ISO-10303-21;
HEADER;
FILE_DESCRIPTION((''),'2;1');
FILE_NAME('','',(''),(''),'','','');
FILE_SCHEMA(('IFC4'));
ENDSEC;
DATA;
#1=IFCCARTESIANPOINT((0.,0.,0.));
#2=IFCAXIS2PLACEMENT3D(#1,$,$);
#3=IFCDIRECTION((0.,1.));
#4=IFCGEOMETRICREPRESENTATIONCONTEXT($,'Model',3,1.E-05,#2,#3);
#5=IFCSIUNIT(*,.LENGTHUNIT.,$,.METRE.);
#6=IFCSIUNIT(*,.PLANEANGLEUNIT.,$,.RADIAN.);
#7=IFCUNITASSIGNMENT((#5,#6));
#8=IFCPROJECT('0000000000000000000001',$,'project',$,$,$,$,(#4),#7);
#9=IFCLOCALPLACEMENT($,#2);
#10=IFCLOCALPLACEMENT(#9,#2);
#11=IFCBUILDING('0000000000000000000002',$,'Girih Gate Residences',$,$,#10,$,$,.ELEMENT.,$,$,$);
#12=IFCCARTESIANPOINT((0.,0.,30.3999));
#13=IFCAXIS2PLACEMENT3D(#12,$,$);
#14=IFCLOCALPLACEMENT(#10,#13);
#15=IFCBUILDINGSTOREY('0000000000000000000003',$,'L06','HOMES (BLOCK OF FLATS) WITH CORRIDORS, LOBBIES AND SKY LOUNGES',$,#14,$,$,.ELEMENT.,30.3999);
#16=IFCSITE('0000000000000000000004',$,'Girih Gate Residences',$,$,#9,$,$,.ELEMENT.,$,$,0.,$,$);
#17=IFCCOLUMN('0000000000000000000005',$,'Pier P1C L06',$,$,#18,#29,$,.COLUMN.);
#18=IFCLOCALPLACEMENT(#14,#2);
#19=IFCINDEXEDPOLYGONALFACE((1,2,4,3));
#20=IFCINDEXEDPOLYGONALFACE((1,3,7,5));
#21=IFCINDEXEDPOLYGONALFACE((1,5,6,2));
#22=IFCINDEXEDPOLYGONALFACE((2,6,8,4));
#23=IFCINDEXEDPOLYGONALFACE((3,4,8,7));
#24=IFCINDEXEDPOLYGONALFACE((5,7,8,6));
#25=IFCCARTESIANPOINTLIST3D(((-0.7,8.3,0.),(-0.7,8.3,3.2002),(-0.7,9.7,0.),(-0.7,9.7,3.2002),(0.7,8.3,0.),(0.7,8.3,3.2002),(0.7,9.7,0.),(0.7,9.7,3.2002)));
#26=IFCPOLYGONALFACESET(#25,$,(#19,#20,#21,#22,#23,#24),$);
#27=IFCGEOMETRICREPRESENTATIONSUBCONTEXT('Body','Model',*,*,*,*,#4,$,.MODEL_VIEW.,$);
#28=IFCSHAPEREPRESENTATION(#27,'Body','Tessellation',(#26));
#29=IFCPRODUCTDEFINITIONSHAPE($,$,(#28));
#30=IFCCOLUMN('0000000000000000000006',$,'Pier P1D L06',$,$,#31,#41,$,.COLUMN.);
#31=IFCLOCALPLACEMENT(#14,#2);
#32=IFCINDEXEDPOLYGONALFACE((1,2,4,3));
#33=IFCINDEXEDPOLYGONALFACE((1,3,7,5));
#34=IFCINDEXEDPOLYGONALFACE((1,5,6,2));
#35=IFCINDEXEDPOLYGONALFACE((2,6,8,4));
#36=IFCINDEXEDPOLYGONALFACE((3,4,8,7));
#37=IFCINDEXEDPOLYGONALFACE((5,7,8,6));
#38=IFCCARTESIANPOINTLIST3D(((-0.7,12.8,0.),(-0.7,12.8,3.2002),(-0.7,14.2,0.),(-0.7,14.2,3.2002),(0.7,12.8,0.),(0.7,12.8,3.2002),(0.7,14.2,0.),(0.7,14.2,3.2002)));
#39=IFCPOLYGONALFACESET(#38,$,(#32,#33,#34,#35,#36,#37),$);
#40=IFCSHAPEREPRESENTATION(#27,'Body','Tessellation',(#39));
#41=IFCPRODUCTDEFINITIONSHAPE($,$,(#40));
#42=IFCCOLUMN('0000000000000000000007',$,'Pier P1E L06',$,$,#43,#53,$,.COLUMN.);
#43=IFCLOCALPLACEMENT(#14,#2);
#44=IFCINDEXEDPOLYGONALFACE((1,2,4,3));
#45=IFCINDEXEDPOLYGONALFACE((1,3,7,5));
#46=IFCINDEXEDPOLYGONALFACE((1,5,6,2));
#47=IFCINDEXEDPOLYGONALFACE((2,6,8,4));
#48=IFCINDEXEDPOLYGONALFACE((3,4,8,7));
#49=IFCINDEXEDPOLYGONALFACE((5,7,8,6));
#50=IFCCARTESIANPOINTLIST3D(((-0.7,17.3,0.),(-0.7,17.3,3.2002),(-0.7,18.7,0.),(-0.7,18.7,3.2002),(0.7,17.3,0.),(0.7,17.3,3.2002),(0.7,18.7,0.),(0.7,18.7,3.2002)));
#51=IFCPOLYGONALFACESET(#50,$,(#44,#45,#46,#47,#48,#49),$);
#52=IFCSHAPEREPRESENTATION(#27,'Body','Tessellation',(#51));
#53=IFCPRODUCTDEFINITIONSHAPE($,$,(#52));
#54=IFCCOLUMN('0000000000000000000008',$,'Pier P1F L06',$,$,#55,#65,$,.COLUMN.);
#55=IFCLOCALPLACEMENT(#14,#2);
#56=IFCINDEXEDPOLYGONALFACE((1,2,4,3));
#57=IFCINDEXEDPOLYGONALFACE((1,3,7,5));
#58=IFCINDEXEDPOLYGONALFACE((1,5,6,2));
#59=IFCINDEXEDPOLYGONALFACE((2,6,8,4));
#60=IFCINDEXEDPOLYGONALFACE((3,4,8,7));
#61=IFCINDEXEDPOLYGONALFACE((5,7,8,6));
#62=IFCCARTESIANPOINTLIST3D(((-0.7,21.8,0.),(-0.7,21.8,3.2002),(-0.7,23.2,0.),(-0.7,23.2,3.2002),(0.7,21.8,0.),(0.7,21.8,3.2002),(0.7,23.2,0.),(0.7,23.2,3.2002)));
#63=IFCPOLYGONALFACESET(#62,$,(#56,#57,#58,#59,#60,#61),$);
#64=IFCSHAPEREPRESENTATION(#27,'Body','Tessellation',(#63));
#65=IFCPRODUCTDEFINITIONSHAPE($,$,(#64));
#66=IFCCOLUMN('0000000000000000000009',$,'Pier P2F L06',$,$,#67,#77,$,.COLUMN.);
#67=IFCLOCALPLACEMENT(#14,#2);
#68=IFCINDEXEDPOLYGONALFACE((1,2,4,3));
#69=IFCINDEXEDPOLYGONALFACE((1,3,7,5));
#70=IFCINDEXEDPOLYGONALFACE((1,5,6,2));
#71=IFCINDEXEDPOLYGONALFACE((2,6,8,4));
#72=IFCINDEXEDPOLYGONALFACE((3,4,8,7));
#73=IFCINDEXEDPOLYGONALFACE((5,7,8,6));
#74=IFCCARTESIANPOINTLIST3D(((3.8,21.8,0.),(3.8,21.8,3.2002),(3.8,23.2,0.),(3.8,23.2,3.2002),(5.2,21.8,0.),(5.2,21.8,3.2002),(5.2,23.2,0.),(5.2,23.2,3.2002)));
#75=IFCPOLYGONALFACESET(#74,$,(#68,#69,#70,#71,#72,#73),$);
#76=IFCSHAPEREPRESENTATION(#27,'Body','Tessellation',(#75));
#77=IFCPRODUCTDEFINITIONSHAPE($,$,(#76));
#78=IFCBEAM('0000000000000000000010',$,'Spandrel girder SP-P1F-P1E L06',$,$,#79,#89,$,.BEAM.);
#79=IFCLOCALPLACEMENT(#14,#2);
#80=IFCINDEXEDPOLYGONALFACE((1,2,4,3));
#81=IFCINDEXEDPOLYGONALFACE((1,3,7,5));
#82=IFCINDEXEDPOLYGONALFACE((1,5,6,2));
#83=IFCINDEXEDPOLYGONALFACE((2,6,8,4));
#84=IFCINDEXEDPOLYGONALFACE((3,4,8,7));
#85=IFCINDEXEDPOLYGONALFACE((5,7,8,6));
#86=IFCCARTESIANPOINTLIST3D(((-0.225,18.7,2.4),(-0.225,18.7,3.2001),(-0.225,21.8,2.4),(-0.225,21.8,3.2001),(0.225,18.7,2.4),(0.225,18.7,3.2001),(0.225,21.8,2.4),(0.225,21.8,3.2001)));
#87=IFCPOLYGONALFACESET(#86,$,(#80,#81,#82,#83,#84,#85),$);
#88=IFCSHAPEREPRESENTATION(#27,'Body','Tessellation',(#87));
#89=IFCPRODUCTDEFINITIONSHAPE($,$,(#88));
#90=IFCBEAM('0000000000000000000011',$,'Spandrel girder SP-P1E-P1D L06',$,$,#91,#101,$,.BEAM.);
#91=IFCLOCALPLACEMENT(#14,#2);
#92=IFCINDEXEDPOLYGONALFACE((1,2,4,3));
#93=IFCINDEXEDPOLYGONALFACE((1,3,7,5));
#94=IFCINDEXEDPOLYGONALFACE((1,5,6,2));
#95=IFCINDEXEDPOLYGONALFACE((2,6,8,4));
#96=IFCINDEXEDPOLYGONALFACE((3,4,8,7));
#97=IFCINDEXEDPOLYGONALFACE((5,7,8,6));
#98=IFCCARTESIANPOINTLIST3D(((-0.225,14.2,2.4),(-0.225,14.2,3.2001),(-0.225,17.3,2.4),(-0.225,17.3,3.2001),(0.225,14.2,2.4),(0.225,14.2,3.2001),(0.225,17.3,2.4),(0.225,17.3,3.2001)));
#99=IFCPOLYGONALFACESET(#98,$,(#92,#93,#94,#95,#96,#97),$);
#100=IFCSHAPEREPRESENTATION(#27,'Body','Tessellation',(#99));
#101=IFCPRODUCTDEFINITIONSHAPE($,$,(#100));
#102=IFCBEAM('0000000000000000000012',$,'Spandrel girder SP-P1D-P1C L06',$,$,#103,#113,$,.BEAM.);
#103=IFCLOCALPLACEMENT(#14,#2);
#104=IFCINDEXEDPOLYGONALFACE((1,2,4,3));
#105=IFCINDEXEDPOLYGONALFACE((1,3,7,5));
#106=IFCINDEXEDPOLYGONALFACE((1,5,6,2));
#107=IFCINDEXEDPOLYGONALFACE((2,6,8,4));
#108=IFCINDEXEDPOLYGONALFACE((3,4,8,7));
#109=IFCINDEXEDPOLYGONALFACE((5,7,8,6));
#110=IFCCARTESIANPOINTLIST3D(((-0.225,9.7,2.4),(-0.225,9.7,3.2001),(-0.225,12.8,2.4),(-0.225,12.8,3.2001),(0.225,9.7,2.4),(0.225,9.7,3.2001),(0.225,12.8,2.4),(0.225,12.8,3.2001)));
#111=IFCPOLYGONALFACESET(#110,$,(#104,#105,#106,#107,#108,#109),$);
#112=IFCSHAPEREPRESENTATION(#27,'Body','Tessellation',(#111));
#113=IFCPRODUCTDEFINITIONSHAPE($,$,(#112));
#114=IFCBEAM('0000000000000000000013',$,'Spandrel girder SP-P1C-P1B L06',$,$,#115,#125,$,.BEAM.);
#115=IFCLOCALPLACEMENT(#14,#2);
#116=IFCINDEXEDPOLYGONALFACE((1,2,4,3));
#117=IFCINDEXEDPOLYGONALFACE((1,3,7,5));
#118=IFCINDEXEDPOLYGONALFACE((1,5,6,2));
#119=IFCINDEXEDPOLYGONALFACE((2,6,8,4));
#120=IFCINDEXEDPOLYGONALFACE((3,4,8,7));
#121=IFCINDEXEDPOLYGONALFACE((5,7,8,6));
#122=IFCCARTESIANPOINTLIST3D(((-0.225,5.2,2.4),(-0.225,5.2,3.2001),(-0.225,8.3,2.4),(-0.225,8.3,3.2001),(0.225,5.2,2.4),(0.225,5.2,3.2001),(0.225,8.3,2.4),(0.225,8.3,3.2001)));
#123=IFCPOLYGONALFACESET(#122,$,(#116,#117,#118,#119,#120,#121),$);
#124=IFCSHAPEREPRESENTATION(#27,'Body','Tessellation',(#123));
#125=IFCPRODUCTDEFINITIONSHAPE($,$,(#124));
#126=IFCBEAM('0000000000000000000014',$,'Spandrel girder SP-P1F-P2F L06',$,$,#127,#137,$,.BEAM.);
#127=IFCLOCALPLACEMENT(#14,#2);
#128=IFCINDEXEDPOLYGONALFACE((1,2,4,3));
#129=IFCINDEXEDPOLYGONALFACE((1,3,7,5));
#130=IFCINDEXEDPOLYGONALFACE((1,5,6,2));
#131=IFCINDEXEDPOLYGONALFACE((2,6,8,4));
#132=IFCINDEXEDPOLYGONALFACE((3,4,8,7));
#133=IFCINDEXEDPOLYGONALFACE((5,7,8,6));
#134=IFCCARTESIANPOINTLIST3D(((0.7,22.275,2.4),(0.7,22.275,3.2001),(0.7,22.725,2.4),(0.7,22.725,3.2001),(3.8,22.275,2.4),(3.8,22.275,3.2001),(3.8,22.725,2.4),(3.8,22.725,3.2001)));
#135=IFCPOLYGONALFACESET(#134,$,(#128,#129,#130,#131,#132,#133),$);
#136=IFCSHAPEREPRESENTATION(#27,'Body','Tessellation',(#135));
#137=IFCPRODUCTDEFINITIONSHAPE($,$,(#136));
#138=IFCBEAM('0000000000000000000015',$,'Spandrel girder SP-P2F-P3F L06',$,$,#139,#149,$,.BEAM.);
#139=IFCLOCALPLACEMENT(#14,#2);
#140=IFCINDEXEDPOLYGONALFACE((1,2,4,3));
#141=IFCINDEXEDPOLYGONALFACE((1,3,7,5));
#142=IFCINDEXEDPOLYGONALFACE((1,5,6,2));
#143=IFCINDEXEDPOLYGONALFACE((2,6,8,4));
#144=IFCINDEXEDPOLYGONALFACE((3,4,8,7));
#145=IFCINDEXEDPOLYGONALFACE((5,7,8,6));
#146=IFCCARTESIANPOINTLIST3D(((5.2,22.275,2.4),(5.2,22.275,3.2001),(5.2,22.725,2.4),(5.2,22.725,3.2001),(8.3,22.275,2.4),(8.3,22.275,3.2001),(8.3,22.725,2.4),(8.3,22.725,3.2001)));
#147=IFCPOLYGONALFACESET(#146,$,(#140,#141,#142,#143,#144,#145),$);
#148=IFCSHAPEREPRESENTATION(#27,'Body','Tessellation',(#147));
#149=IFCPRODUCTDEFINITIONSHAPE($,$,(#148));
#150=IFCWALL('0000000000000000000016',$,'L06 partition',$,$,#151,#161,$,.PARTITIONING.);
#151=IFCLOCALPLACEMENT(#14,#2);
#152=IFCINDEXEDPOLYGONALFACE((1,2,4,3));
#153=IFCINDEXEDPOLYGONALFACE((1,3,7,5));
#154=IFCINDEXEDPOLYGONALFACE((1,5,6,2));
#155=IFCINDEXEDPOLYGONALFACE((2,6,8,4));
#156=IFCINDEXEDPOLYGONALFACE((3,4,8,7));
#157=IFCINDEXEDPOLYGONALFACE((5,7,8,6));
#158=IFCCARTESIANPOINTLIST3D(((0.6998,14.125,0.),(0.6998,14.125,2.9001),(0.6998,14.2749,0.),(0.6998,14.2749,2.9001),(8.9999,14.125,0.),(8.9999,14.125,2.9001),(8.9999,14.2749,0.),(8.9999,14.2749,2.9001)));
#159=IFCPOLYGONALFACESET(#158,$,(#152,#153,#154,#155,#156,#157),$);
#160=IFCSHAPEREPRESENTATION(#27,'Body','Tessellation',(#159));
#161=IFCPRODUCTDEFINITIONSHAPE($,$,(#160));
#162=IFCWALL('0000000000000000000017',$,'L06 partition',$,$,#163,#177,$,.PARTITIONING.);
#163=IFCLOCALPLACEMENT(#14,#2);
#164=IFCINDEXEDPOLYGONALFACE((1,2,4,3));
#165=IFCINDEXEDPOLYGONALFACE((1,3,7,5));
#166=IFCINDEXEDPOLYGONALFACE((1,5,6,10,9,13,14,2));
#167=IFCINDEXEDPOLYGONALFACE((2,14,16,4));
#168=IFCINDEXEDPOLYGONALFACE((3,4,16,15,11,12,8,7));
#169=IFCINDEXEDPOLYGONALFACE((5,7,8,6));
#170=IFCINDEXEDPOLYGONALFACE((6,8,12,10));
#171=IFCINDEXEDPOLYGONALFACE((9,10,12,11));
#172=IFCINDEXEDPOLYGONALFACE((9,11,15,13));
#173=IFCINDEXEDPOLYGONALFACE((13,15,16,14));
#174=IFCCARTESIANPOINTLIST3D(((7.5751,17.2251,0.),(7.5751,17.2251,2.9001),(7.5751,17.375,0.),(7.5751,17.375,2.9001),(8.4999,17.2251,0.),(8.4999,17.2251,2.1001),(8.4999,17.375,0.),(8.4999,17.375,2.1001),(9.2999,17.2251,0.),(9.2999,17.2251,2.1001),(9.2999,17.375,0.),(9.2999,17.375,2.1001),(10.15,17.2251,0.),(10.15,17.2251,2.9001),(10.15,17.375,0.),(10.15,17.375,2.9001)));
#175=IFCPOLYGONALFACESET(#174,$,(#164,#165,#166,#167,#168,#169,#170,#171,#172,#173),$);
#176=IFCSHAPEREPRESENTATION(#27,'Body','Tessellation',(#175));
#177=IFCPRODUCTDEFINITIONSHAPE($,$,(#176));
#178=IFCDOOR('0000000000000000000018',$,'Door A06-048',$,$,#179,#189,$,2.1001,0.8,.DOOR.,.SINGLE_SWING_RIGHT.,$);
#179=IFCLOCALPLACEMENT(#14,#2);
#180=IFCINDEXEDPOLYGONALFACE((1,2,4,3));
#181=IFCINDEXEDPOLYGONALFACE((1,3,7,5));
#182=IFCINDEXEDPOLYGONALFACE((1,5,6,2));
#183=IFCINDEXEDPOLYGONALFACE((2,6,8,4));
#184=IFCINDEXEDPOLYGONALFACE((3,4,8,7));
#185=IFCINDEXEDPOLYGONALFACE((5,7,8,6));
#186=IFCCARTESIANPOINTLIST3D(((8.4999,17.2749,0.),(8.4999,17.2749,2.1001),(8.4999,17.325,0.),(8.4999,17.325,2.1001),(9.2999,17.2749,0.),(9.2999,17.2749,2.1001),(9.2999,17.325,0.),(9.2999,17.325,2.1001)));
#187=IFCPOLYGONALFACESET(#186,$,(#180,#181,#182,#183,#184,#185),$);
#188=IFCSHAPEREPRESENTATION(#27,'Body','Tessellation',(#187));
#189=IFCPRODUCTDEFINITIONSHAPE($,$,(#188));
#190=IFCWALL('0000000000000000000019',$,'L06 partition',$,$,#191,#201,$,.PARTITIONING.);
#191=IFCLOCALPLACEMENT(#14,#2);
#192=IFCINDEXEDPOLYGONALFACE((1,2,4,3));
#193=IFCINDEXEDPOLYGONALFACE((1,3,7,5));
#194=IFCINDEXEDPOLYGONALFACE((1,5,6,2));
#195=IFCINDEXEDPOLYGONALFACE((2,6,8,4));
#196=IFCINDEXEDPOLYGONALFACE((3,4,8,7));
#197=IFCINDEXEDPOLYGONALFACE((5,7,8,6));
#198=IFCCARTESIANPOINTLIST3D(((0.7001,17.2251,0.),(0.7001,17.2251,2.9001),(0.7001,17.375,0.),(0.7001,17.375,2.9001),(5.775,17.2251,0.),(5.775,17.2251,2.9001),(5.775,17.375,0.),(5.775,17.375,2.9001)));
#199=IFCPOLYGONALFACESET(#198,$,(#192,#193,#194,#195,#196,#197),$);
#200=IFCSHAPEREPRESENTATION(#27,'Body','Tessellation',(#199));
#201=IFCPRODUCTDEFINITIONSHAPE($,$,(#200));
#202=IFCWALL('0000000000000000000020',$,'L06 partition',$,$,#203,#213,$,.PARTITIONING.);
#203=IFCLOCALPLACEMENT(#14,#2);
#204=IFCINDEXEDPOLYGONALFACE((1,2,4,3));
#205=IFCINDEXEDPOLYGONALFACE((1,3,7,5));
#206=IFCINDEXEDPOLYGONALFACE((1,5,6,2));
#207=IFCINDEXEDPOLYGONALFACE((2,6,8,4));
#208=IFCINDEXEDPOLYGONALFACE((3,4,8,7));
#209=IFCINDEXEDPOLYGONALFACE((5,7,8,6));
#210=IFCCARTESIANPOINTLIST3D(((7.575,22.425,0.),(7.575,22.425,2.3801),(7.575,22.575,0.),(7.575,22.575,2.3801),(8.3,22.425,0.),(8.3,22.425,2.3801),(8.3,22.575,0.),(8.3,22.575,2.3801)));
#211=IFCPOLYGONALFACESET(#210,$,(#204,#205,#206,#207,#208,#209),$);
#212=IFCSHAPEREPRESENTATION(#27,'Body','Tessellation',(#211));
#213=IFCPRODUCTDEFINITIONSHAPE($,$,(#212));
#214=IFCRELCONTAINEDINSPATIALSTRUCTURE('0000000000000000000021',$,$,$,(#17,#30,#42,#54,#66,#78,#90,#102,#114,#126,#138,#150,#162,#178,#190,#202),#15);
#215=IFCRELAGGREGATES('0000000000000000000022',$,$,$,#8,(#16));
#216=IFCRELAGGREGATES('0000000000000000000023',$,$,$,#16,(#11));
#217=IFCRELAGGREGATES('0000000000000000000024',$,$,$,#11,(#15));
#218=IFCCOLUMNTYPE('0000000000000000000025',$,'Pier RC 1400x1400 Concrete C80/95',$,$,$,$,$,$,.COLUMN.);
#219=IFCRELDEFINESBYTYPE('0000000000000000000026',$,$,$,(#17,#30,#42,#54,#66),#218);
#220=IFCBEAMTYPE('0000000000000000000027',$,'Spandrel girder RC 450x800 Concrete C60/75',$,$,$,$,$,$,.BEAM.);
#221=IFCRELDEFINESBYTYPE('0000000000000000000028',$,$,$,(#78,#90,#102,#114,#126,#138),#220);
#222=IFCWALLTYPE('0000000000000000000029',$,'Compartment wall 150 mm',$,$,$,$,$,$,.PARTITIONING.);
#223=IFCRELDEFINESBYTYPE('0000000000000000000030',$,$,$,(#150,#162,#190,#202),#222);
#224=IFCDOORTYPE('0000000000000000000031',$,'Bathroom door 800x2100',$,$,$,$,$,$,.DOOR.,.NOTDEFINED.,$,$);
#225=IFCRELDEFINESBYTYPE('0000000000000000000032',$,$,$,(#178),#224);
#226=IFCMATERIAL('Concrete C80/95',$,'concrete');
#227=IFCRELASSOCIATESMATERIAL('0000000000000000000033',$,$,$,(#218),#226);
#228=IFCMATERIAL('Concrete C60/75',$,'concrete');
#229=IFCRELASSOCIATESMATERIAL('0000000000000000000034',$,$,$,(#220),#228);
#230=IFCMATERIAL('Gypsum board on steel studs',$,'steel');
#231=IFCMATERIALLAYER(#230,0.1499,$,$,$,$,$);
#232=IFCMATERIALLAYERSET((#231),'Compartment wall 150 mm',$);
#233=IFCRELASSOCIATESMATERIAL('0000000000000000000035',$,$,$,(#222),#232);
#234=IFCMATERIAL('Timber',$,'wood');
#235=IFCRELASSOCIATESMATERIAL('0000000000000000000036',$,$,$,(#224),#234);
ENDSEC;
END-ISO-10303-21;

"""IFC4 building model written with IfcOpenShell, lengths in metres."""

from ifc_helpers import new_model, si_unit, direction, frame, frame_2d, origin, origin_2d, place, context, subcontext, project, spatial, rectangle, extrude, material, layer, layer_set, material_profile, profile_set, type_object, element, fill, save


model = new_model("IFC4")

# Units and contexts
model_context = context("Model", 3, precision=1e-05, world=origin(), true_north=direction((0.0, 1.0)))
body_context = subcontext(model_context, "Body", "Model", "MODEL_VIEW")
ifc_project = project(units=[si_unit("LENGTHUNIT", "METRE"), si_unit("PLANEANGLEUNIT", "RADIAN")], contexts=[model_context])

# Site, building, storey
site_placement = place(None, origin())
site = spatial("IfcSite", under=ifc_project, at=site_placement, Name="Girih Gate Residences", CompositionType="ELEMENT", RefElevation=0.0)
building_placement = place(site_placement, origin())
building = spatial("IfcBuilding", under=site, at=building_placement, Name="Girih Gate Residences", CompositionType="ELEMENT")
storey_placement = place(building_placement, frame((0.0, 0.0, 30.3999)))
storey = spatial("IfcBuildingStorey", under=building, at=storey_placement, Name="L06", Description="HOMES (BLOCK OF FLATS) WITH CORRIDORS, LOBBIES AND SKY LOUNGES", CompositionType="ELEMENT", Elevation=30.3999)

# Columns
ifc_material_1 = material(Name="Concrete C80/95", Category="concrete")
ifc_material_profile_1 = material_profile(ifc_material_1, rectangle(XDim=1.3999, YDim=1.3999, at=origin_2d()))
ifc_profile_set_1 = profile_set([ifc_material_profile_1], Name="Concrete C80/95")
column_type = type_object("IfcColumnType", Name="Pier RC 1400x1400 Concrete C80/95", PredefinedType="COLUMN", material=ifc_profile_set_1)
for number, where, z_axis, x_axis, name in (
    (1, (0.0, 9.0, 0.0), (0.0, 0.0, 1.0), (1.0, 0.0, 0.0), "Pier P1C L06"),
    (2, (0.0, 13.5, 0.0), (0.0, 0.0, 1.0), (1.0, 0.0, 0.0), "Pier P1D L06"),
    (3, (0.0, 18.0, 0.0), (0.0, 0.0, 1.0), (1.0, 0.0, 0.0), "Pier P1E L06"),
    (4, (0.0, 22.5, 0.0), (0.0, 0.0, 1.0), (1.0, 0.0, 0.0), "Pier P1F L06"),
    (5, (4.5, 22.5, 0.0), (0.0, 0.0, 1.0), (1.0, 0.0, 0.0), "Pier P2F L06"),
):
    element("IfcColumn", number, at=place(storey_placement, frame(where, z_axis=z_axis, x_axis=x_axis)), inside=storey, type_object=column_type, Name=name, PredefinedType="COLUMN", context=body_context, shape_type="SweptSolid", body=[
        extrude(rectangle(XDim=1.3999, YDim=1.3999, at=origin_2d()), origin(), (0.0, 0.0, 1.0), 3.2002),
    ])

# Beams
ifc_material_2 = material(Name="Concrete C60/75", Category="concrete")
ifc_material_profile_2 = material_profile(ifc_material_2, rectangle(XDim=0.45, YDim=0.8, at=origin_2d()))
ifc_profile_set_2 = profile_set([ifc_material_profile_2], Name="Concrete C60/75")
beam_type = type_object("IfcBeamType", Name="Spandrel girder RC 450x800 Concrete C60/75", PredefinedType="BEAM", material=ifc_profile_set_2)
for number, where, z_axis, x_axis, name in (
    (6, (0.0, 21.8, 2.8), (0.0, -1.0, 0.0), (1.0, 0.0, 0.0), "Spandrel girder SP-P1F-P1E L06"),
    (7, (0.0, 17.3, 2.8), (0.0, -1.0, 0.0), (1.0, 0.0, 0.0), "Spandrel girder SP-P1E-P1D L06"),
    (8, (0.0, 12.8, 2.8), (0.0, -1.0, 0.0), (1.0, 0.0, 0.0), "Spandrel girder SP-P1D-P1C L06"),
    (9, (0.0, 8.3, 2.8), (0.0, -1.0, 0.0), (1.0, 0.0, 0.0), "Spandrel girder SP-P1C-P1B L06"),
    (10, (0.7, 22.5, 2.8), (1.0, 0.0, 0.0), (0.0, 1.0, 0.0), "Spandrel girder SP-P1F-P2F L06"),
    (11, (5.2, 22.5, 2.8), (1.0, 0.0, 0.0), (0.0, 1.0, 0.0), "Spandrel girder SP-P2F-P3F L06"),
):
    element("IfcBeam", number, at=place(storey_placement, frame(where, z_axis=z_axis, x_axis=x_axis)), inside=storey, type_object=beam_type, Name=name, PredefinedType="BEAM", context=body_context, shape_type="SweptSolid", body=[
        extrude(rectangle(XDim=0.45, YDim=0.8, at=origin_2d()), origin(), (0.0, 0.0, 1.0), 3.1001),
    ])

# Wall
ifc_material_3 = material(Name="Gypsum board on steel studs", Category="steel")
ifc_layer_1 = layer(ifc_material_3, 0.1499)
ifc_layer_set_1 = layer_set([ifc_layer_1], Name="Compartment wall 150 mm")
wall_type_1 = type_object("IfcWallType", Name="Compartment wall 150 mm", PredefinedType="PARTITIONING", material=ifc_layer_set_1)
wall_1_placement = place(storey_placement, frame((0.7, 14.2, 0.0), z_axis=(0.0, 0.0, 1.0), x_axis=(1.0, 0.0, 0.0)))
element("IfcWall", 12, at=wall_1_placement, inside=storey, type_object=wall_type_1, Name="L06 partition", PredefinedType="PARTITIONING", context=body_context, shape_type="SweptSolid", body=[
    extrude(rectangle(XDim=8.3, YDim=0.1499, at=frame_2d((4.1499, 0.0))), origin(), (0.0, 0.0, 1.0), 2.9001),
])

# Wall, opening, door
wall_2_placement = place(storey_placement, frame((7.575, 17.3, 0.0), z_axis=(0.0, 0.0, 1.0), x_axis=(1.0, 0.0, 0.0)))
wall_2 = element("IfcWall", 13, at=wall_2_placement, inside=storey, type_object=wall_type_1, Name="L06 partition", PredefinedType="PARTITIONING", context=body_context, shape_type="SweptSolid", body=[
    extrude(rectangle(XDim=2.575, YDim=0.1499, at=frame_2d((1.2876, 0.0))), origin(), (0.0, 0.0, 1.0), 2.9001),
])
opening_1_placement = place(wall_2_placement, frame((0.925, 0.0, 0.0)))
opening_1 = element("IfcOpeningElement", 14, at=opening_1_placement, cuts=wall_2, PredefinedType="OPENING", context=body_context, shape_type="SweptSolid", body=[
    extrude(rectangle(XDim=0.8, YDim=2.1001, at=frame_2d((0.3999, 1.05))), frame((0.0, 0.085, 0.0), z_axis=(0.0, -1.0, 0.0), x_axis=(1.0, 0.0, 0.0)), (0.0, 0.0, 1.0), 0.1699),
])
ifc_material_4 = material(Name="Timber", Category="wood")
door_type_1 = type_object("IfcDoorType", Name="Bathroom door 800x2100", OperationType="NOTDEFINED", PredefinedType="DOOR", material=ifc_material_4)
door_1_placement = place(opening_1_placement, origin())
door_1 = element("IfcDoor", 15, at=door_1_placement, inside=storey, type_object=door_type_1, Name="Door A06-048", OperationType="SINGLE_SWING_RIGHT", OverallHeight=2.1001, OverallWidth=0.8, PredefinedType="DOOR", context=body_context, shape_type="SweptSolid", body=[
    extrude(rectangle(XDim=0.8, YDim=2.1001, at=frame_2d((0.3999, 1.05))), frame((0.0, 0.0249, 0.0), z_axis=(0.0, -1.0, 0.0), x_axis=(1.0, 0.0, 0.0)), (0.0, 0.0, 1.0), 0.05),
])
fill(opening_1, door_1)

# Walls
wall_3_placement = place(storey_placement, frame((0.7, 17.3, 0.0), z_axis=(0.0, 0.0, 1.0), x_axis=(1.0, 0.0, 0.0)))
element("IfcWall", 16, at=wall_3_placement, inside=storey, type_object=wall_type_1, Name="L06 partition", PredefinedType="PARTITIONING", context=body_context, shape_type="SweptSolid", body=[
    extrude(rectangle(XDim=5.075, YDim=0.1499, at=frame_2d((2.5376, 0.0))), origin(), (0.0, 0.0, 1.0), 2.9001),
])
wall_4_placement = place(storey_placement, frame((7.575, 22.5, 0.0), z_axis=(0.0, 0.0, 1.0), x_axis=(1.0, 0.0, 0.0)))
element("IfcWall", 17, at=wall_4_placement, inside=storey, type_object=wall_type_1, Name="L06 partition", PredefinedType="PARTITIONING", context=body_context, shape_type="SweptSolid", body=[
    extrude(rectangle(XDim=0.7251, YDim=0.1499, at=frame_2d((0.3625, 0.0))), origin(), (0.0, 0.0, 1.0), 2.3801),
])

save(model, "model.ifc")
